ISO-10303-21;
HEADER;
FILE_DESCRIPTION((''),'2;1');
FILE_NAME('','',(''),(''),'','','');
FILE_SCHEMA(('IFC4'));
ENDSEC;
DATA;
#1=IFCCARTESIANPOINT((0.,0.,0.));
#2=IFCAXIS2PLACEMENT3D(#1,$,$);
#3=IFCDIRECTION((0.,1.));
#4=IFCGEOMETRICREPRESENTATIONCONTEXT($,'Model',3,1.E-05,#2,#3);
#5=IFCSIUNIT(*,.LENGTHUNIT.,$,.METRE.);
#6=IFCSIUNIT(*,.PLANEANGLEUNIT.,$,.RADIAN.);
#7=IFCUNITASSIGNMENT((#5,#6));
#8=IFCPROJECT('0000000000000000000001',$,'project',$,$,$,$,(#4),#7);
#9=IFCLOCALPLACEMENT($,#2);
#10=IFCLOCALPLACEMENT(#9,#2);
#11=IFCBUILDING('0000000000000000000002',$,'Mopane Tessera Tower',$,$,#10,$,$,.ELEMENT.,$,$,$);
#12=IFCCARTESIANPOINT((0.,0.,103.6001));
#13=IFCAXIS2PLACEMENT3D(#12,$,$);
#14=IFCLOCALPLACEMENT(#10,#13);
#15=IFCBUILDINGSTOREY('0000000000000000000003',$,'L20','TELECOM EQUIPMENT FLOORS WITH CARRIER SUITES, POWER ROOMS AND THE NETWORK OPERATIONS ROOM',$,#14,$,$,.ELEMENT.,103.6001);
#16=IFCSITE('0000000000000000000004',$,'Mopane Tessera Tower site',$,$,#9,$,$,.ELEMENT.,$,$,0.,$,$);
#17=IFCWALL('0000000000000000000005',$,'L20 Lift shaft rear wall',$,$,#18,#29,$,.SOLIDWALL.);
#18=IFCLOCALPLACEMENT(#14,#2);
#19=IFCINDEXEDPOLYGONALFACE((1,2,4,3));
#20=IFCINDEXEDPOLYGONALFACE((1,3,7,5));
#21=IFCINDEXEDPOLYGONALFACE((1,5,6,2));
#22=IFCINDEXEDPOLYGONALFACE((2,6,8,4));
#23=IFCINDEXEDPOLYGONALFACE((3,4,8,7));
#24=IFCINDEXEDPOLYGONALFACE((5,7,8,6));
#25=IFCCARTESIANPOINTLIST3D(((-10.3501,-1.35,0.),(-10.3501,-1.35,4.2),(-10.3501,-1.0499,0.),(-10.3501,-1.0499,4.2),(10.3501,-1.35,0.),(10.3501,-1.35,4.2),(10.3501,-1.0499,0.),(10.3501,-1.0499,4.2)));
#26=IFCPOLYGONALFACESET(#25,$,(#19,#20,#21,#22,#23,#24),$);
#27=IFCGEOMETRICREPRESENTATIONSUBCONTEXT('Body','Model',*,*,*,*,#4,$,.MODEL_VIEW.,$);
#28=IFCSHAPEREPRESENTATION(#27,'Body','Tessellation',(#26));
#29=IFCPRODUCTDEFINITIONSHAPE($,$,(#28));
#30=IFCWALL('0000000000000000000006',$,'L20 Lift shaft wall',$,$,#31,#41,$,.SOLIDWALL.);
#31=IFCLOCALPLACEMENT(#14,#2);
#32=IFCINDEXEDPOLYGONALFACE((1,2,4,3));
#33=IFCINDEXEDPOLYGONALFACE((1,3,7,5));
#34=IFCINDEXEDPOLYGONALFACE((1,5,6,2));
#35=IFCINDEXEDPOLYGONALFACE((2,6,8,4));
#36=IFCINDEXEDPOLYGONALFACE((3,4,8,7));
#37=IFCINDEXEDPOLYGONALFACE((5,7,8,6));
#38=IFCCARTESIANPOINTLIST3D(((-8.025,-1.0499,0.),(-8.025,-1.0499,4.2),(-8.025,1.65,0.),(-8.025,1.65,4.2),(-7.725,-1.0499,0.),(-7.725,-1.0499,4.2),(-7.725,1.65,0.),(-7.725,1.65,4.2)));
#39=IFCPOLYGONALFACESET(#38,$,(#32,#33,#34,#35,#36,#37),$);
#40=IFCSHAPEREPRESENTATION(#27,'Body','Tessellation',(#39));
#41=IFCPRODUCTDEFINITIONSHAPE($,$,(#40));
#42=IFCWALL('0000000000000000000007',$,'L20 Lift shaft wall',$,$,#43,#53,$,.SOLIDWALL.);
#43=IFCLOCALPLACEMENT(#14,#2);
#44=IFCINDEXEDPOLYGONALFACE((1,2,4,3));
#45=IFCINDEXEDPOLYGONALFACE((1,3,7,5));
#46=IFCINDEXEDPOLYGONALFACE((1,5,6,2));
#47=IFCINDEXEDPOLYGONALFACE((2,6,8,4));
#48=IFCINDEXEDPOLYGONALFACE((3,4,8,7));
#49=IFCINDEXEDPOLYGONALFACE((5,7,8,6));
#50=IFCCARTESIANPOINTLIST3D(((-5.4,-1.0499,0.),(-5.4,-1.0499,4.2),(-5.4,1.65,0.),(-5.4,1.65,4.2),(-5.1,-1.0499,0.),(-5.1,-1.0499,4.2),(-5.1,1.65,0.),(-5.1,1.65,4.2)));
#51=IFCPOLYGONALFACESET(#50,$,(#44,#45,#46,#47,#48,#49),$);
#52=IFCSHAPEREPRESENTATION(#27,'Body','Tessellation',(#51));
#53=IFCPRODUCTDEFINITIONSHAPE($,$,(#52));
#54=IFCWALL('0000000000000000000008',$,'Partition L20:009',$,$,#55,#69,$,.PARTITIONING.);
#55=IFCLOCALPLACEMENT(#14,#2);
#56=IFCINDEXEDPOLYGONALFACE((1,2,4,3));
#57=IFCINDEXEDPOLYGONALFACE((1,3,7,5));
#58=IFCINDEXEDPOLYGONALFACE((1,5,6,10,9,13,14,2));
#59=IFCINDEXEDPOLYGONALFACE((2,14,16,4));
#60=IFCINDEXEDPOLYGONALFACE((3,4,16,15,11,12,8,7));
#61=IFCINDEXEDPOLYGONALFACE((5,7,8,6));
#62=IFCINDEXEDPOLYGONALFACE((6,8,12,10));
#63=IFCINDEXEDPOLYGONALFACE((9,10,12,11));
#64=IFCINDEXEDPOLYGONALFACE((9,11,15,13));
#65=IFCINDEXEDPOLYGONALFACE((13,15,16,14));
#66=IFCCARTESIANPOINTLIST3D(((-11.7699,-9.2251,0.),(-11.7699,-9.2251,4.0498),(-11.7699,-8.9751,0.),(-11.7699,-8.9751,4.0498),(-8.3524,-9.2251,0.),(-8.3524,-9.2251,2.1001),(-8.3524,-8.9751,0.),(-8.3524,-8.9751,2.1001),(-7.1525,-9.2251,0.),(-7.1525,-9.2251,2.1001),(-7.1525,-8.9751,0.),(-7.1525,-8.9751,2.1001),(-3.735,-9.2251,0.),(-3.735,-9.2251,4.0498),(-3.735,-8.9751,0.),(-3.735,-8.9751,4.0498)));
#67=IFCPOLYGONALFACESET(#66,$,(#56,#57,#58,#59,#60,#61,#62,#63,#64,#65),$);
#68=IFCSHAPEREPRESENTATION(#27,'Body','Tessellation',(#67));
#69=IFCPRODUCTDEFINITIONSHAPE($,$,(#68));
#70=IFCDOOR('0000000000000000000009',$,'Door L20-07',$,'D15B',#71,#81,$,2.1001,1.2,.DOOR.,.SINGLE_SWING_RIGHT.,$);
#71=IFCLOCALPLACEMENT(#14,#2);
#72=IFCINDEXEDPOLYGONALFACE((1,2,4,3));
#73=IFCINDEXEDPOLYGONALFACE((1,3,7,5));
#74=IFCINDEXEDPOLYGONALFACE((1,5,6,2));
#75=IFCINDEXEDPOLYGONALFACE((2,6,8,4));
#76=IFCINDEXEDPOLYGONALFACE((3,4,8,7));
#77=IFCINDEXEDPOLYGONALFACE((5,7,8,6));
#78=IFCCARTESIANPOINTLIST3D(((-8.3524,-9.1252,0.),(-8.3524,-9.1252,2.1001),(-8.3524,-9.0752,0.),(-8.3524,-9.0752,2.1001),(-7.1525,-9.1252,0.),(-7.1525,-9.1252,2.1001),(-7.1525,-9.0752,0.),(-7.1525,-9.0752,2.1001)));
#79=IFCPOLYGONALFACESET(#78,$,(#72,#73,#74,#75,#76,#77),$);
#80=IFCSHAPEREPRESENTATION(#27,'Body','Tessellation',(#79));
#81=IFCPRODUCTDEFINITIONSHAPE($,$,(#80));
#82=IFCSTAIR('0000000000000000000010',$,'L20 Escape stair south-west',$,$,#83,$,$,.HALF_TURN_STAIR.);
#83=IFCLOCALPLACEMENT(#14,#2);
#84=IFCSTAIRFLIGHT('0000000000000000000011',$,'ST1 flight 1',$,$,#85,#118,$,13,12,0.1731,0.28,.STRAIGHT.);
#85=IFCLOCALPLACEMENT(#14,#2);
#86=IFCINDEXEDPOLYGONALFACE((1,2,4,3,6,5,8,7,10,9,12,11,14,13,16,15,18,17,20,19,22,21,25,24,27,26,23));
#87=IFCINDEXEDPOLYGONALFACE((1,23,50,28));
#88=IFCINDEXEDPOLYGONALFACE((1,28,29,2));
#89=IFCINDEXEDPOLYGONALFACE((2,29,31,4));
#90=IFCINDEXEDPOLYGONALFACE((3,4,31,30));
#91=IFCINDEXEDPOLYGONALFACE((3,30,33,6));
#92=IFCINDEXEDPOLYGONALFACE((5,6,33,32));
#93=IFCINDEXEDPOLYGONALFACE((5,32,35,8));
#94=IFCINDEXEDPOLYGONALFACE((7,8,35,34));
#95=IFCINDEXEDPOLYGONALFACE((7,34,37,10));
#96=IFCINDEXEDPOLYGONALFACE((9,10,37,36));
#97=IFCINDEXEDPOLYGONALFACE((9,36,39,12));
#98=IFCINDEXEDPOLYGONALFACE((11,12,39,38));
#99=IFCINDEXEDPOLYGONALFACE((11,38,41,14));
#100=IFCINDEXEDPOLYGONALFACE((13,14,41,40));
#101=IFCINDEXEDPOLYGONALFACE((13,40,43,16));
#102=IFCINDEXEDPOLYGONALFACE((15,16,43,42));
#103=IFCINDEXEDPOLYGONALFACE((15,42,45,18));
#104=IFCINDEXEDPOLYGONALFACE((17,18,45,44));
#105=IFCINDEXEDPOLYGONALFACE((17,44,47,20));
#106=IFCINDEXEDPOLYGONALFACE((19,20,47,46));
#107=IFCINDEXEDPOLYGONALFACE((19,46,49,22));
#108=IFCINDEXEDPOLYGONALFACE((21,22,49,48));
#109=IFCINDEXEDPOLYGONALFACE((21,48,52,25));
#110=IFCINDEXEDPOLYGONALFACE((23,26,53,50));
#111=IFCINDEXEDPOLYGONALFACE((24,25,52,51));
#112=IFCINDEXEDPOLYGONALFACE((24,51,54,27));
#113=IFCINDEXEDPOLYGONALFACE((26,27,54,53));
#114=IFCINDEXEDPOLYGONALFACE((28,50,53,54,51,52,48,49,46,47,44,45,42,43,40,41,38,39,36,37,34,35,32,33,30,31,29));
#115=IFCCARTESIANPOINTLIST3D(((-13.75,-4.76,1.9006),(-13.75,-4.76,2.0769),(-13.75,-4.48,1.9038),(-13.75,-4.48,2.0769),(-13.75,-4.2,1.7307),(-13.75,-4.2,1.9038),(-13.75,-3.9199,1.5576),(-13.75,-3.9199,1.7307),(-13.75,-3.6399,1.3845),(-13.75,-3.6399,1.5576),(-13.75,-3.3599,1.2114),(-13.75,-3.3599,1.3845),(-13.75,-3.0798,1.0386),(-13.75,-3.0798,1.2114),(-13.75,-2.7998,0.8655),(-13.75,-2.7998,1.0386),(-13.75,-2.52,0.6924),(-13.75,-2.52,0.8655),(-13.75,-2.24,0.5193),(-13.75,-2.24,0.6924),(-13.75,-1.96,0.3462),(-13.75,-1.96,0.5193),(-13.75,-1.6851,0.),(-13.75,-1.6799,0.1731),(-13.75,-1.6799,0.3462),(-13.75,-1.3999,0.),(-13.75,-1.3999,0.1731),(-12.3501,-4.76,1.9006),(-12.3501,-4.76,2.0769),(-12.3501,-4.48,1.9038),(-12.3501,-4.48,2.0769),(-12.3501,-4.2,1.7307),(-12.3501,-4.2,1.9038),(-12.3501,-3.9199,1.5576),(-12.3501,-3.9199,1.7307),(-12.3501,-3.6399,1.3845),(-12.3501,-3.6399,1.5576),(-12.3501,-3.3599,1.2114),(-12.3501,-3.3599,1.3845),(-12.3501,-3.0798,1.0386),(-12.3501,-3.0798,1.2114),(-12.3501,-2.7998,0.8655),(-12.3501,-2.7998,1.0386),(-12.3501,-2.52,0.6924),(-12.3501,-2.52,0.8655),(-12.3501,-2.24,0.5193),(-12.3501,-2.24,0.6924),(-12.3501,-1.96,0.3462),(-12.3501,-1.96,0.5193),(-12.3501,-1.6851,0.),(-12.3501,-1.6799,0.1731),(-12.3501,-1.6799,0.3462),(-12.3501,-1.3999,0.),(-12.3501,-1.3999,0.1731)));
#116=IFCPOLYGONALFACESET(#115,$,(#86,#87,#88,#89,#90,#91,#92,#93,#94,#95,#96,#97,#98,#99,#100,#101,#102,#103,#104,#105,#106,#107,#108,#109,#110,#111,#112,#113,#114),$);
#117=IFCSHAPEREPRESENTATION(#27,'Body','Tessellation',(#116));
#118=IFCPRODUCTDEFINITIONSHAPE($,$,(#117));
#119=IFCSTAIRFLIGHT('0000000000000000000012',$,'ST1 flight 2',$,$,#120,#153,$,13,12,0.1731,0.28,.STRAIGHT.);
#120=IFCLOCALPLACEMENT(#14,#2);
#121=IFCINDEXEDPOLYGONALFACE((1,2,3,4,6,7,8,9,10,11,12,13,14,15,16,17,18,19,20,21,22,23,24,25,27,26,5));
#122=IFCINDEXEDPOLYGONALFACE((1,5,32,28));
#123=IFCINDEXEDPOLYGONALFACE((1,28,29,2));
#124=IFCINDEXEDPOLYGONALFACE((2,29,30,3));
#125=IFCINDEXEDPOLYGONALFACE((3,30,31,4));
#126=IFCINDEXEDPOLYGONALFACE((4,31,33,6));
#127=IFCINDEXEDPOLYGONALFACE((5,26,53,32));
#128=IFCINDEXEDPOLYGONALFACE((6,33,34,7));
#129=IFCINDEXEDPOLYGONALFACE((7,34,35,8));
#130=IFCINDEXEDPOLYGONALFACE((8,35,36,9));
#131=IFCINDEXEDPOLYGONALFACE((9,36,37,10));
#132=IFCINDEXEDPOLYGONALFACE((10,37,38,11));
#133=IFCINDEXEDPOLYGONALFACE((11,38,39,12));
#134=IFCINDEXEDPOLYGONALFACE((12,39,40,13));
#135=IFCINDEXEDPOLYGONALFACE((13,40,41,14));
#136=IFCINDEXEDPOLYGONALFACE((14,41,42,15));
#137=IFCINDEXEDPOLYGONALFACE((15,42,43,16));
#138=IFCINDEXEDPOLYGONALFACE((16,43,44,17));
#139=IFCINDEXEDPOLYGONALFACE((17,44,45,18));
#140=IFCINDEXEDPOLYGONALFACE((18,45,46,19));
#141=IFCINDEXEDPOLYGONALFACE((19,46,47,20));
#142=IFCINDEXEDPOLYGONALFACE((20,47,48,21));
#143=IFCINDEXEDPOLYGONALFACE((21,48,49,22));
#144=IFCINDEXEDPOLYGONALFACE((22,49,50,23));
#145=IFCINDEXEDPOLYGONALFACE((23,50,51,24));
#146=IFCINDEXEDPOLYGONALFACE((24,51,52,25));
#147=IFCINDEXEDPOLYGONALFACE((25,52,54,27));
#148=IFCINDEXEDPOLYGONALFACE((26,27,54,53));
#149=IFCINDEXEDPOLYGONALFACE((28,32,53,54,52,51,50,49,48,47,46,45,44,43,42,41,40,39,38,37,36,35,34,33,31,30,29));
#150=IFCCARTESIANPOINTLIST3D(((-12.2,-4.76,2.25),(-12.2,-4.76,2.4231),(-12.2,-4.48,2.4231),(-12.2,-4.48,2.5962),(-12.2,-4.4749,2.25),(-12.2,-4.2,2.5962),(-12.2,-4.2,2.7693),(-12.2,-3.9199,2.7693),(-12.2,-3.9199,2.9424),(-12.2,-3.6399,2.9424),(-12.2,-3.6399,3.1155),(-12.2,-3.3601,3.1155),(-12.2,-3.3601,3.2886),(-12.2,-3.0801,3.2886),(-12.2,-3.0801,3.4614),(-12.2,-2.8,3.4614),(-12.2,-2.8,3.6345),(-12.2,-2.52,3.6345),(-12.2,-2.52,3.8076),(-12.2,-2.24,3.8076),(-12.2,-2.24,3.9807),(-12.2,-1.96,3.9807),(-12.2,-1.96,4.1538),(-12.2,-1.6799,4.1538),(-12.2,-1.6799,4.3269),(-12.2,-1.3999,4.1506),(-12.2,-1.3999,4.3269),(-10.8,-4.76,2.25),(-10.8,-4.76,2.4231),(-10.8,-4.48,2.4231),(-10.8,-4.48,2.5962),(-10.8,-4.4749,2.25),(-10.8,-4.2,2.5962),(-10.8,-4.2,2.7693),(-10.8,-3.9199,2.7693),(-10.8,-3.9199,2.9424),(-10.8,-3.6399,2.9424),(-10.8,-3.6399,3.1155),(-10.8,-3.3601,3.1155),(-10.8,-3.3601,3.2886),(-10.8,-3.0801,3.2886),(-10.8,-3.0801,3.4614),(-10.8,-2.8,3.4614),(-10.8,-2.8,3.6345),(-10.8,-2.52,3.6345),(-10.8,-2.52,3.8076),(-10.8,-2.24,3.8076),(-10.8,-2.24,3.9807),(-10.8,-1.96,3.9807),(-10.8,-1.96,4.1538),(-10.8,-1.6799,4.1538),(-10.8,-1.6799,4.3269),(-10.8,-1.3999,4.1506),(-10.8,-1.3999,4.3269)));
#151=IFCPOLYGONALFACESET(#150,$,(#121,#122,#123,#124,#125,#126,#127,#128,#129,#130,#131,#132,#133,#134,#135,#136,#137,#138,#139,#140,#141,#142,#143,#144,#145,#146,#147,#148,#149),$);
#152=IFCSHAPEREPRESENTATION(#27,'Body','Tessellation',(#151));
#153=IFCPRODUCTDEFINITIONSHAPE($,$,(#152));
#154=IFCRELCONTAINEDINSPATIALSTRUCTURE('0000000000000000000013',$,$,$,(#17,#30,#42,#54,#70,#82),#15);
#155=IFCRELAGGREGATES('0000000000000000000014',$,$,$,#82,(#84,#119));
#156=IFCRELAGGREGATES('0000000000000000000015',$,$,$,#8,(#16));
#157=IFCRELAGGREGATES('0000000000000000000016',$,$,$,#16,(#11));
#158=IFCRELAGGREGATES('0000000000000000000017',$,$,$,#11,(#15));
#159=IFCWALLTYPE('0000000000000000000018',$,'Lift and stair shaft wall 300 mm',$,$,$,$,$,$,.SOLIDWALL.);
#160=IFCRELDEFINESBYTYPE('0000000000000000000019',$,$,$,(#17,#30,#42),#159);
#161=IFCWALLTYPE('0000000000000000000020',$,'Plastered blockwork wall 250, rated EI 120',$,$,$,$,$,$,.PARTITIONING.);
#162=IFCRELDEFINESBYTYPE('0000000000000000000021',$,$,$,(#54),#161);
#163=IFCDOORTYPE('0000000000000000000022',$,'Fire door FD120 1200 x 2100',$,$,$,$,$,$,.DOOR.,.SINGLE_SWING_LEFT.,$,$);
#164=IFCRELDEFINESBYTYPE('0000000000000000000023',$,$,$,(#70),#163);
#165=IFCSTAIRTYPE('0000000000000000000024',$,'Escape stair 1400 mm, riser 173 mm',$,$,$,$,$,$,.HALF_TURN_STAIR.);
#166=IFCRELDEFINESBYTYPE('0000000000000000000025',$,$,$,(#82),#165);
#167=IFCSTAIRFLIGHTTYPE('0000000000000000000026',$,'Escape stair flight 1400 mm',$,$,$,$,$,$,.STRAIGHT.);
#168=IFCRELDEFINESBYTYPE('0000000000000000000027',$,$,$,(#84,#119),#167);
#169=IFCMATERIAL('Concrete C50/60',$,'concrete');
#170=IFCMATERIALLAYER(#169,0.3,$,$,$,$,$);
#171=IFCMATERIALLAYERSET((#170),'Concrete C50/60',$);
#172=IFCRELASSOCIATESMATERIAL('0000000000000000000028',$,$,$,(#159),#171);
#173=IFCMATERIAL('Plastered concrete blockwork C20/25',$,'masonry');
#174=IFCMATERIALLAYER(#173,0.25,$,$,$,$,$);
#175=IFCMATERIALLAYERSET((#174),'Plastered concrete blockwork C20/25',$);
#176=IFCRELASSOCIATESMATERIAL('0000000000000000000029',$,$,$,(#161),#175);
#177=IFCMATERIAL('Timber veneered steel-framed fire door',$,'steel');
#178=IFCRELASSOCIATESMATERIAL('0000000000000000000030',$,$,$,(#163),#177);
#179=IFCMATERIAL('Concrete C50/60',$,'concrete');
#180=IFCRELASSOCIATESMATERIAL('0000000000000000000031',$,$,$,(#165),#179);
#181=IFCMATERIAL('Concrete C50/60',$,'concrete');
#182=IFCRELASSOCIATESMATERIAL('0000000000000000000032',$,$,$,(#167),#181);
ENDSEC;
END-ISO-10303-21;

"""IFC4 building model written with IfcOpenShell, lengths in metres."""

from ifc_helpers import new_model, si_unit, direction, frame, frame_2d, origin, place, context, subcontext, project, spatial, polyline, rectangle, outline, extrude, material, layer, layer_set, type_object, element, fill, aggregate, save


model = new_model("IFC4")

# Units and contexts
model_context = context("Model", 3, precision=1e-05, world=origin(), true_north=direction((0.0, 1.0)))
body_context = subcontext(model_context, "Body", "Model", "MODEL_VIEW")
ifc_project = project(units=[si_unit("LENGTHUNIT", "METRE"), si_unit("PLANEANGLEUNIT", "RADIAN")], contexts=[model_context])

# Site, building, storey
site_placement = place(None, origin())
site = spatial("IfcSite", under=ifc_project, at=site_placement, Name="Mopane Tessera Tower site", CompositionType="ELEMENT", RefElevation=0.0)
building_placement = place(site_placement, origin())
building = spatial("IfcBuilding", under=site, at=building_placement, Name="Mopane Tessera Tower", CompositionType="ELEMENT")
storey_placement = place(building_placement, frame((0.0, 0.0, 103.6001)))
storey = spatial("IfcBuildingStorey", under=building, at=storey_placement, Name="L20", Description="TELECOM EQUIPMENT FLOORS WITH CARRIER SUITES, POWER ROOMS AND THE NETWORK OPERATIONS ROOM", CompositionType="ELEMENT", Elevation=103.6001)

# Walls
ifc_material_1 = material(Name="Concrete C50/60", Category="concrete")
ifc_layer_1 = layer(ifc_material_1, 0.3)
ifc_layer_set_1 = layer_set([ifc_layer_1], Name="Concrete C50/60")
wall_type_1 = type_object("IfcWallType", Name="Lift and stair shaft wall 300 mm", PredefinedType="SOLIDWALL", material=ifc_layer_set_1)
wall_1_placement = place(storey_placement, frame((-10.3501, -1.2, 0.0), z_axis=(0.0, 0.0, 1.0), x_axis=(1.0, 0.0, 0.0)))
element("IfcWall", 1, at=wall_1_placement, inside=storey, type_object=wall_type_1, Name="L20 Lift shaft rear wall", PredefinedType="SOLIDWALL", context=body_context, shape_type="SweptSolid", body=[
    extrude(rectangle(XDim=20.7002, YDim=0.3, at=frame_2d((10.3501, 0.0))), origin(), (0.0, 0.0, 1.0), 4.2),
])
for number, where, z_axis, x_axis, name in (
    (2, (-7.875, -1.05, 0.0), (0.0, 0.0, 1.0), (0.0, 1.0, 0.0), "L20 Lift shaft wall"),
    (3, (-5.25, -1.05, 0.0), (0.0, 0.0, 1.0), (0.0, 1.0, 0.0), "L20 Lift shaft wall"),
):
    element("IfcWall", number, at=place(storey_placement, frame(where, z_axis=z_axis, x_axis=x_axis)), inside=storey, type_object=wall_type_1, Name=name, PredefinedType="SOLIDWALL", context=body_context, shape_type="SweptSolid", body=[
        extrude(rectangle(XDim=2.7, YDim=0.3, at=frame_2d((1.3501, 0.0))), origin(), (0.0, 0.0, 1.0), 4.2),
    ])

# Wall, opening, door
ifc_material_2 = material(Name="Plastered concrete blockwork C20/25", Category="masonry")
ifc_layer_2 = layer(ifc_material_2, 0.25)
ifc_layer_set_2 = layer_set([ifc_layer_2], Name="Plastered concrete blockwork C20/25")
wall_type_2 = type_object("IfcWallType", Name="Plastered blockwork wall 250, rated EI 120", PredefinedType="PARTITIONING", material=ifc_layer_set_2)
wall_2_placement = place(storey_placement, frame((-11.77, -9.1001, 0.0), z_axis=(0.0, 0.0, 1.0), x_axis=(1.0, 0.0, 0.0)))
wall_2 = element("IfcWall", 4, at=wall_2_placement, inside=storey, type_object=wall_type_2, Name="Partition L20:009", PredefinedType="PARTITIONING", context=body_context, shape_type="SweptSolid", body=[
    extrude(rectangle(XDim=8.0349, YDim=0.25, at=frame_2d((4.0176, 0.0))), origin(), (0.0, 0.0, 1.0), 4.0498),
])
opening_1_placement = place(wall_2_placement, frame((3.4175, 0.0, 0.0)))
opening_1 = element("IfcOpeningElement", 5, at=opening_1_placement, cuts=wall_2, PredefinedType="OPENING", context=body_context, shape_type="SweptSolid", body=[
    extrude(rectangle(XDim=1.2, YDim=2.1001, at=frame_2d((0.6001, 1.05))), frame((0.0, 0.137, 0.0), z_axis=(0.0, -1.0, 0.0), x_axis=(1.0, 0.0, 0.0)), (0.0, 0.0, 1.0), 0.2739),
])
ifc_material_3 = material(Name="Timber veneered steel-framed fire door", Category="steel")
door_type_1 = type_object("IfcDoorType", Name="Fire door FD120 1200 x 2100", OperationType="SINGLE_SWING_LEFT", PredefinedType="DOOR", material=ifc_material_3)
door_1_placement = place(opening_1_placement, origin())
door_1 = element("IfcDoor", 6, at=door_1_placement, inside=storey, type_object=door_type_1, Name="Door L20-07", ObjectType="D15B", OperationType="SINGLE_SWING_RIGHT", OverallHeight=2.1001, OverallWidth=1.2, PredefinedType="DOOR", context=body_context, shape_type="SweptSolid", body=[
    extrude(rectangle(XDim=1.2, YDim=2.1001, at=frame_2d((0.6001, 1.05))), frame((0.0, 0.0249, 0.0), z_axis=(0.0, -1.0, 0.0), x_axis=(1.0, 0.0, 0.0)), (0.0, 0.0, 1.0), 0.05),
])
fill(opening_1, door_1)

# Stair, stair flights
ifc_material_4 = material(Name="Concrete C50/60", Category="concrete")
stair_type = type_object("IfcStairType", Name="Escape stair 1400 mm, riser 173 mm", PredefinedType="HALF_TURN_STAIR", material=ifc_material_4)
stair_placement = place(storey_placement, origin())
stair = element("IfcStair", 7, at=stair_placement, inside=storey, type_object=stair_type, Name="L20 Escape stair south-west", PredefinedType="HALF_TURN_STAIR")
ifc_material_5 = material(Name="Concrete C50/60", Category="concrete")
stair_flight_type = type_object("IfcStairFlightType", Name="Escape stair flight 1400 mm", PredefinedType="STRAIGHT", material=ifc_material_5)
stair_flight_1_placement = place(storey_placement, frame((-13.05, -1.3999, 0.0), z_axis=(0.0, 0.0, 1.0), x_axis=(0.0, -1.0, 0.0)))
stair_flight_1 = element("IfcStairFlight", 8, at=stair_flight_1_placement, type_object=stair_flight_type, Name="ST1 flight 1", NumberOfRisers=13, NumberOfTreads=12, PredefinedType="STRAIGHT", RiserHeight=0.1731, TreadLength=0.28, context=body_context, shape_type="SweptSolid", body=[
    extrude(outline(polyline([(0.0, 0.0), (0.0, 0.1731), (0.28, 0.1731), (0.28, 0.3462), (0.5601, 0.3462), (0.5601, 0.5193), (0.8401, 0.5193), (0.8401, 0.6924), (1.1201, 0.6924), (1.1201, 0.8655), (1.3999, 0.8655), (1.3999, 1.0386), (1.6799, 1.0386), (1.6799, 1.2114), (1.96, 1.2114), (1.96, 1.3845), (2.24, 1.3845), (2.24, 1.5576), (2.52, 1.5576), (2.52, 1.7307), (2.8, 1.7307), (2.8, 1.9038), (3.0801, 1.9038), (3.0801, 2.0769), (3.3601, 2.0769), (3.3601, 2.25), (3.3601, 1.9006), (0.2852, 0.0), (0.0, 0.0)])), frame((0.0, 0.7, 0.0), z_axis=(0.0, -1.0, 0.0), x_axis=(1.0, 0.0, 0.0)), (0.0, 0.0, 1.0), 1.3999),
])
stair_flight_2_placement = place(storey_placement, frame((-11.5, -4.76, 2.25), z_axis=(0.0, 0.0, 1.0), x_axis=(0.0, 1.0, 0.0)))
stair_flight_2 = element("IfcStairFlight", 9, at=stair_flight_2_placement, type_object=stair_flight_type, Name="ST1 flight 2", NumberOfRisers=13, NumberOfTreads=12, PredefinedType="STRAIGHT", RiserHeight=0.1731, TreadLength=0.28, context=body_context, shape_type="SweptSolid", body=[
    extrude(outline(polyline([(0.0, 0.0), (0.0, 0.1731), (0.28, 0.1731), (0.28, 0.3462), (0.5601, 0.3462), (0.5601, 0.5193), (0.8401, 0.5193), (0.8401, 0.6924), (1.1201, 0.6924), (1.1201, 0.8655), (1.3999, 0.8655), (1.3999, 1.0386), (1.6799, 1.0386), (1.6799, 1.2114), (1.96, 1.2114), (1.96, 1.3845), (2.24, 1.3845), (2.24, 1.5576), (2.52, 1.5576), (2.52, 1.7307), (2.8, 1.7307), (2.8, 1.9038), (3.0801, 1.9038), (3.0801, 2.0769), (3.3601, 2.0769), (3.3601, 2.25), (3.3601, 1.9006), (0.2852, 0.0), (0.0, 0.0)])), frame((0.0, 0.7, 0.0), z_axis=(0.0, -1.0, 0.0), x_axis=(1.0, 0.0, 0.0)), (0.0, 0.0, 1.0), 1.3999),
])
aggregate(stair, [stair_flight_1, stair_flight_2])

save(model, "model.ifc")
